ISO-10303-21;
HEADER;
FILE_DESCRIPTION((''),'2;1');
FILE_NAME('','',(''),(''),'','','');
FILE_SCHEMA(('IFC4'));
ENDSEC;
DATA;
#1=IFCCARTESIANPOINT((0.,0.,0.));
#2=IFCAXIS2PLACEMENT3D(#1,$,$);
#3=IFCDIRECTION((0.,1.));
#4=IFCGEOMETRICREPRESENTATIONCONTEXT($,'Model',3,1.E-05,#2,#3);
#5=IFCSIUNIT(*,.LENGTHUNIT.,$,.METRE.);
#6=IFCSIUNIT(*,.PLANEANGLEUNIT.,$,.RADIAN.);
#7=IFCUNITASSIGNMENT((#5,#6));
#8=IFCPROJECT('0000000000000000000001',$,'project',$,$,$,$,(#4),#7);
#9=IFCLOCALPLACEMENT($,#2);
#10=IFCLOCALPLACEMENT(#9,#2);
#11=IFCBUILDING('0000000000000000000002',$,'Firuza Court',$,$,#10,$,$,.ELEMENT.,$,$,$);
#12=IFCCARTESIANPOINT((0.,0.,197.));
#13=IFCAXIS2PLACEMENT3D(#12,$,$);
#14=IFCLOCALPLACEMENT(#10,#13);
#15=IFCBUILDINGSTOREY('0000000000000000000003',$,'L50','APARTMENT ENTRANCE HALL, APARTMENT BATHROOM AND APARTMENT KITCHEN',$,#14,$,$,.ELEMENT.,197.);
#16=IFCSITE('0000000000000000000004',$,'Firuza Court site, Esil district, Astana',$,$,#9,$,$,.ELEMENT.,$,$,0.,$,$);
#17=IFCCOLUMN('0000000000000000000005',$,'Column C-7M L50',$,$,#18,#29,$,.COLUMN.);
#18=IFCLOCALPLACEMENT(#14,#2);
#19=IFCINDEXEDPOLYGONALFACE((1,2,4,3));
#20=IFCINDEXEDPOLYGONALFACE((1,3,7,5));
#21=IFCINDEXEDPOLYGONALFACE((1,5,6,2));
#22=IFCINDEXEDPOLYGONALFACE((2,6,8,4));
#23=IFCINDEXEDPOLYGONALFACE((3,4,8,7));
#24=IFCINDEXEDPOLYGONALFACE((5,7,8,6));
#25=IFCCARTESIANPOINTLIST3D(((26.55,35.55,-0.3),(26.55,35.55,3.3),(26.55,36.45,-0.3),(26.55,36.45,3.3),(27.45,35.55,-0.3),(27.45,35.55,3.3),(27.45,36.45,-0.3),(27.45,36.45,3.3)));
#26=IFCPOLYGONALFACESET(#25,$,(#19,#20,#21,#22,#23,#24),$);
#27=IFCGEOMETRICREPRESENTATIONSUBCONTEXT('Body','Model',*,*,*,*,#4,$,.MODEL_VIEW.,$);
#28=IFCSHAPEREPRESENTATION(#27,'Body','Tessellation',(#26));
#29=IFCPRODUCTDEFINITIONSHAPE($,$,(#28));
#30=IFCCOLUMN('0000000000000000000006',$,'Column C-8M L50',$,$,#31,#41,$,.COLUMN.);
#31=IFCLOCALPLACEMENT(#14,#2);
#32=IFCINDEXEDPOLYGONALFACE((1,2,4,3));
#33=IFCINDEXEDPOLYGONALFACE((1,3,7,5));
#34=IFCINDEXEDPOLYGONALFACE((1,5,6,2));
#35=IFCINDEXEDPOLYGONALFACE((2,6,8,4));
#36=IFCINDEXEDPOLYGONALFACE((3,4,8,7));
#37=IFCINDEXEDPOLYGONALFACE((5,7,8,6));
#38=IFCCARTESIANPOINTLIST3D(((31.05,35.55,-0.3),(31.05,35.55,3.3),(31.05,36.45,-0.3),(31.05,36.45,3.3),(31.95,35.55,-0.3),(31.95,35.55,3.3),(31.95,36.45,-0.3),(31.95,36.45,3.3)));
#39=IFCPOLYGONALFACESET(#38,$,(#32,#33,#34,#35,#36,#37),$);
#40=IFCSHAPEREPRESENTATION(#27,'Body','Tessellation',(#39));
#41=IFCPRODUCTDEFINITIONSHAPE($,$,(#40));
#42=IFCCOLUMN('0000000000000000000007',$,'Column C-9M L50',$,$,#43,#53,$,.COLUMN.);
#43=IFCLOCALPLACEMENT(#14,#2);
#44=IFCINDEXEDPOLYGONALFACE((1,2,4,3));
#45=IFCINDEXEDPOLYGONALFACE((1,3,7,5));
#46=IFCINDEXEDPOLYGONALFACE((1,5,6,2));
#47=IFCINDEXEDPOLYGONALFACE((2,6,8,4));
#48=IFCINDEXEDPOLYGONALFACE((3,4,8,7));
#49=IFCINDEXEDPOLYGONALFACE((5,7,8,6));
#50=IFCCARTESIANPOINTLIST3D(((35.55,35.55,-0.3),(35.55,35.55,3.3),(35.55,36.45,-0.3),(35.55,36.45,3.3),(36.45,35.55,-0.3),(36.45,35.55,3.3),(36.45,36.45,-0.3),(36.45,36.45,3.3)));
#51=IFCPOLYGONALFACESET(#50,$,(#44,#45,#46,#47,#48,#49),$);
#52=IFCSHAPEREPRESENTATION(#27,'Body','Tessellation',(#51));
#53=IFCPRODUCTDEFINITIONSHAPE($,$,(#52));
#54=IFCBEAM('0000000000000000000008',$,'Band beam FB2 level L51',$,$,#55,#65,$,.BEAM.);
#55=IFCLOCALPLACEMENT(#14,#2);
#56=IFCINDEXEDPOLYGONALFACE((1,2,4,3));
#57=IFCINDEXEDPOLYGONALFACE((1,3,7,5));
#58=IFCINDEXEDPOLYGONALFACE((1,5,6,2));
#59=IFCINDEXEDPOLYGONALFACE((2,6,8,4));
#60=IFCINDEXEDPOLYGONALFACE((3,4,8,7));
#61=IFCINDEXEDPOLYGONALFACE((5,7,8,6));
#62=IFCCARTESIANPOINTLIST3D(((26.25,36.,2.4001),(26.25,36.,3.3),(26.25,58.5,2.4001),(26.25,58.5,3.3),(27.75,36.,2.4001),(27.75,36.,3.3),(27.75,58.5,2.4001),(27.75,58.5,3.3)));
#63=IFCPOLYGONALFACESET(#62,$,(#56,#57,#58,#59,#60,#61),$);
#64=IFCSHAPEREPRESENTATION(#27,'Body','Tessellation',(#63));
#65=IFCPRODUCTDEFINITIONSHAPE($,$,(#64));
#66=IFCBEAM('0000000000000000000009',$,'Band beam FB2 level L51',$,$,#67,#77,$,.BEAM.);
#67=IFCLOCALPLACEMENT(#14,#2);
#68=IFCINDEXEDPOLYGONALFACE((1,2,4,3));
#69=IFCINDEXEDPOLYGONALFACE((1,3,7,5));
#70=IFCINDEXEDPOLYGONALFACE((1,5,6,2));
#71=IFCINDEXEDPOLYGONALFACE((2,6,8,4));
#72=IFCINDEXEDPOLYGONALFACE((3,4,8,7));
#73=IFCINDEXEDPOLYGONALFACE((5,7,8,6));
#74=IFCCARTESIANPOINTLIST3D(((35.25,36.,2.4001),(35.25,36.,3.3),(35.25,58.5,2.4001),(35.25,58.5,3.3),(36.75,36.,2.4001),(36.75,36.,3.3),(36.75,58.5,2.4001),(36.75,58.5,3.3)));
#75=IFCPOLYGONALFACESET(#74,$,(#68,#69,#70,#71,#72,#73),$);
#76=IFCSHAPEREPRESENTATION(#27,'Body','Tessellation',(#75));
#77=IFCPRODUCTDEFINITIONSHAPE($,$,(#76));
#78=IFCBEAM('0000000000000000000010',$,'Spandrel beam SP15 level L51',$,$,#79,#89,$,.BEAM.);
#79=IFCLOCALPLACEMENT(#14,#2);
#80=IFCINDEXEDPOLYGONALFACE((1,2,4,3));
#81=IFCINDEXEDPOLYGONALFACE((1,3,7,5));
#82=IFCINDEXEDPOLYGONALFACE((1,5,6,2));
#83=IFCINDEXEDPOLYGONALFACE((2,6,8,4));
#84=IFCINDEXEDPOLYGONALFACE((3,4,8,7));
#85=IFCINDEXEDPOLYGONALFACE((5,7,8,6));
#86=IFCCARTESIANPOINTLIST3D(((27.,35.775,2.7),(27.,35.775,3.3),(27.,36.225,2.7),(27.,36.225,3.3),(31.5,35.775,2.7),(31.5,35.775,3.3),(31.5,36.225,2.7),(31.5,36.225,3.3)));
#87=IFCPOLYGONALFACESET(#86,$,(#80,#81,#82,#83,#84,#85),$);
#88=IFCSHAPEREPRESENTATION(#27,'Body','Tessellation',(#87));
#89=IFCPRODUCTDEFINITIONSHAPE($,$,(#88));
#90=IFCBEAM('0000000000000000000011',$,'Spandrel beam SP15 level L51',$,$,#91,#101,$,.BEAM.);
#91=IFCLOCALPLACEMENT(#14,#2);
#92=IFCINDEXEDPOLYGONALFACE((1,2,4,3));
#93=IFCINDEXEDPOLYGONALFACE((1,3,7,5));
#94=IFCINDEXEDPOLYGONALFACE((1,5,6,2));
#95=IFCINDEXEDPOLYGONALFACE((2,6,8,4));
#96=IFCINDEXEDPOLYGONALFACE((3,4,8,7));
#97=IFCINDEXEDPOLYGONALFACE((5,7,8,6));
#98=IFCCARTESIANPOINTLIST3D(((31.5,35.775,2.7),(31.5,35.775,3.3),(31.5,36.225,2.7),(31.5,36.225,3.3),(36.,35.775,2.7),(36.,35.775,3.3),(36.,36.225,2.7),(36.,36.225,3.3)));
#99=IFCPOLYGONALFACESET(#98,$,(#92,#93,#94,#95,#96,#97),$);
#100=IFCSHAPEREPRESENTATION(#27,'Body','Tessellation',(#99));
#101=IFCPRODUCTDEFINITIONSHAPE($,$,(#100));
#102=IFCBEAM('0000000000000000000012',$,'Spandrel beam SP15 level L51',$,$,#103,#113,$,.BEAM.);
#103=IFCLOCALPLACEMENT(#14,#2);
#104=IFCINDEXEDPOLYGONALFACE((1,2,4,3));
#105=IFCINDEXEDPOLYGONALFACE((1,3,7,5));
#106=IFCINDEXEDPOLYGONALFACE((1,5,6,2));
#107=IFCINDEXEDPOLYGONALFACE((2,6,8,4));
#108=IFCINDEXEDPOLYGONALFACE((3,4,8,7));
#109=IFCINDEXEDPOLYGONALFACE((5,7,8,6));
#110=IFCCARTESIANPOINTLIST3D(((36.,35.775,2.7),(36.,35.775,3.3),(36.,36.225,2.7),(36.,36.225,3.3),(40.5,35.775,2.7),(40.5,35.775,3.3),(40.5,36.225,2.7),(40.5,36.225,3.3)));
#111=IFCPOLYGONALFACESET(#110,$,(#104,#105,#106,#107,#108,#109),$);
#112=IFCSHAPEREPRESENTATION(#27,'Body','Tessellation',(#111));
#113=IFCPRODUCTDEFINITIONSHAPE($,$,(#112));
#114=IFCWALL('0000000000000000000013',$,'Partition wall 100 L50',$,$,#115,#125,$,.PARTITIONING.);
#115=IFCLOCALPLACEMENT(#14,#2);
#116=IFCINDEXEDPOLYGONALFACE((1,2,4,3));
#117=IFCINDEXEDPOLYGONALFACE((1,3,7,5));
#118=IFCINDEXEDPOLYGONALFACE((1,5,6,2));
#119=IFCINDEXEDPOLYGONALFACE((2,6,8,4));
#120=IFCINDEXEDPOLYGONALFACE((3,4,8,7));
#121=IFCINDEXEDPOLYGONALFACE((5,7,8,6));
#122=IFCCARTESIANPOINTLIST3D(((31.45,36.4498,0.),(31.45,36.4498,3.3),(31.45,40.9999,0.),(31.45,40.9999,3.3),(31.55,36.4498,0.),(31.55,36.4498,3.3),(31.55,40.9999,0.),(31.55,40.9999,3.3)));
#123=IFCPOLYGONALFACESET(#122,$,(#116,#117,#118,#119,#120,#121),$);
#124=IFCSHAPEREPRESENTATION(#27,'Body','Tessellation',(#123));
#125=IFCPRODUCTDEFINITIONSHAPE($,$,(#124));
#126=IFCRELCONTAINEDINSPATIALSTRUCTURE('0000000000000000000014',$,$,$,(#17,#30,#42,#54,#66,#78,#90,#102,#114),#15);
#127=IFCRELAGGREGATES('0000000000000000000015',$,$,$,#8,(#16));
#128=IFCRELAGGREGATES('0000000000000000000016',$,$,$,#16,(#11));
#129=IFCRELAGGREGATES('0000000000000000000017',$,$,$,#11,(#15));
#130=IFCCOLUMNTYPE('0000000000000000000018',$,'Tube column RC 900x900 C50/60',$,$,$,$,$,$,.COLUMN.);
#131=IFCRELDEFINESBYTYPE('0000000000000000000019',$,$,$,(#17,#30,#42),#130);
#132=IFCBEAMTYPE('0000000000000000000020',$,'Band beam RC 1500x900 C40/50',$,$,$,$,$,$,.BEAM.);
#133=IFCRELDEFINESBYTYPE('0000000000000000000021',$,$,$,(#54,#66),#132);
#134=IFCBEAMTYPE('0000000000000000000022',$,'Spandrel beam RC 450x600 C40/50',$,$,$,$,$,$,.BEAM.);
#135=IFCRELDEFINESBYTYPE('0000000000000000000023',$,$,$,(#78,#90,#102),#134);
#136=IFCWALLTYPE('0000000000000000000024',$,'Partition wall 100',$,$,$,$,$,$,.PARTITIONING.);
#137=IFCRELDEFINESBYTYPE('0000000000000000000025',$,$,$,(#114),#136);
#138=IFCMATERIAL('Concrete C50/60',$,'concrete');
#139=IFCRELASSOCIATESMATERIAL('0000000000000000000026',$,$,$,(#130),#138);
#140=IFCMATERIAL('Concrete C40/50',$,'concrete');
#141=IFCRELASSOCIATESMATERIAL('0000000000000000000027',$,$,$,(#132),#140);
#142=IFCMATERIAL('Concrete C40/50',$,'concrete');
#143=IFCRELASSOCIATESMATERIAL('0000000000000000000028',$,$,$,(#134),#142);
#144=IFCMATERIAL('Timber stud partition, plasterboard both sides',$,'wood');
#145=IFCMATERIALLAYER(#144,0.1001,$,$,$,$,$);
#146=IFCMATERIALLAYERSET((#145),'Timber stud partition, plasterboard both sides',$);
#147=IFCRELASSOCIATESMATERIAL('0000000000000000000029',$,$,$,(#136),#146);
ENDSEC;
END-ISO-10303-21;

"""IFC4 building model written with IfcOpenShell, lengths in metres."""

from ifc_helpers import new_model, si_unit, direction, frame, frame_2d, origin, origin_2d, place, context, subcontext, project, spatial, rectangle, extrude, material, layer, layer_set, material_profile, profile_set, type_object, element, save


model = new_model("IFC4")

# Units and contexts
model_context = context("Model", 3, precision=1e-05, world=origin(), true_north=direction((0.0, 1.0)))
body_context = subcontext(model_context, "Body", "Model", "MODEL_VIEW")
ifc_project = project(units=[si_unit("LENGTHUNIT", "METRE"), si_unit("PLANEANGLEUNIT", "RADIAN")], contexts=[model_context])

# Site, building, storey
site_placement = place(None, origin())
site = spatial("IfcSite", under=ifc_project, at=site_placement, Name="Firuza Court site, Esil district, Astana", CompositionType="ELEMENT", RefElevation=0.0)
building_placement = place(site_placement, origin())
building = spatial("IfcBuilding", under=site, at=building_placement, Name="Firuza Court", CompositionType="ELEMENT")
storey_placement = place(building_placement, frame((0.0, 0.0, 197.0)))
storey = spatial("IfcBuildingStorey", under=building, at=storey_placement, Name="L50", Description="APARTMENT ENTRANCE HALL, APARTMENT BATHROOM AND APARTMENT KITCHEN", CompositionType="ELEMENT", Elevation=197.0)

# Columns
ifc_material_1 = material(Name="Concrete C50/60", Category="concrete")
ifc_material_profile_1 = material_profile(ifc_material_1, rectangle(XDim=0.8999, YDim=0.8999, at=origin_2d()), Name="RC 900x900")
ifc_profile_set_1 = profile_set([ifc_material_profile_1], Name="Concrete C50/60")
column_type = type_object("IfcColumnType", Name="Tube column RC 900x900 C50/60", PredefinedType="COLUMN", material=ifc_profile_set_1)
for number, where, z_axis, x_axis, name in (
    (1, (27.0, 36.0, -0.3), (0.0, 0.0, 1.0), (1.0, 0.0, 0.0), "Column C-7M L50"),
    (2, (31.5, 36.0, -0.3), (0.0, 0.0, 1.0), (1.0, 0.0, 0.0), "Column C-8M L50"),
    (3, (36.0, 36.0, -0.3), (0.0, 0.0, 1.0), (1.0, 0.0, 0.0), "Column C-9M L50"),
):
    element("IfcColumn", number, at=place(storey_placement, frame(where, z_axis=z_axis, x_axis=x_axis)), inside=storey, type_object=column_type, Name=name, PredefinedType="COLUMN", context=body_context, shape_type="SweptSolid", body=[
        extrude(rectangle(XDim=0.8999, YDim=0.8999, at=origin_2d()), origin(), (0.0, 0.0, 1.0), 3.6001),
    ])

# Beams
ifc_material_2 = material(Name="Concrete C40/50", Category="concrete")
ifc_material_profile_2 = material_profile(ifc_material_2, rectangle(XDim=1.5, YDim=0.8999, at=origin_2d()), Name="RC 1500x900")
ifc_profile_set_2 = profile_set([ifc_material_profile_2], Name="Concrete C40/50")
beam_type_1 = type_object("IfcBeamType", Name="Band beam RC 1500x900 C40/50", PredefinedType="BEAM", material=ifc_profile_set_2)
for number, where, z_axis, x_axis, name in (
    (4, (27.0, 36.0, 2.8501), (0.0, 1.0, 0.0), (-1.0, 0.0, 0.0), "Band beam FB2 level L51"),
    (5, (36.0, 36.0, 2.8501), (0.0, 1.0, 0.0), (-1.0, 0.0, 0.0), "Band beam FB2 level L51"),
):
    element("IfcBeam", number, at=place(storey_placement, frame(where, z_axis=z_axis, x_axis=x_axis)), inside=storey, type_object=beam_type_1, Name=name, PredefinedType="BEAM", context=body_context, shape_type="SweptSolid", body=[
        extrude(rectangle(XDim=1.5, YDim=0.8999, at=origin_2d()), origin(), (0.0, 0.0, 1.0), 22.5),
    ])
ifc_material_3 = material(Name="Concrete C40/50", Category="concrete")
ifc_material_profile_3 = material_profile(ifc_material_3, rectangle(XDim=0.45, YDim=0.6001, at=origin_2d()), Name="RC 450x600")
ifc_profile_set_3 = profile_set([ifc_material_profile_3], Name="Concrete C40/50")
beam_type_2 = type_object("IfcBeamType", Name="Spandrel beam RC 450x600 C40/50", PredefinedType="BEAM", material=ifc_profile_set_3)
for number, where, z_axis, x_axis, name in (
    (6, (27.0, 36.0, 3.0), (1.0, 0.0, 0.0), (0.0, 1.0, 0.0), "Spandrel beam SP15 level L51"),
    (7, (31.5, 36.0, 3.0), (1.0, 0.0, 0.0), (0.0, 1.0, 0.0), "Spandrel beam SP15 level L51"),
    (8, (36.0, 36.0, 3.0), (1.0, 0.0, 0.0), (0.0, 1.0, 0.0), "Spandrel beam SP15 level L51"),
):
    element("IfcBeam", number, at=place(storey_placement, frame(where, z_axis=z_axis, x_axis=x_axis)), inside=storey, type_object=beam_type_2, Name=name, PredefinedType="BEAM", context=body_context, shape_type="SweptSolid", body=[
        extrude(rectangle(XDim=0.45, YDim=0.6001, at=origin_2d()), origin(), (0.0, 0.0, 1.0), 4.5),
    ])

# Wall
ifc_material_4 = material(Name="Timber stud partition, plasterboard both sides", Category="wood")
ifc_layer_1 = layer(ifc_material_4, 0.1001)
ifc_layer_set_1 = layer_set([ifc_layer_1], Name="Timber stud partition, plasterboard both sides")
wall_type_1 = type_object("IfcWallType", Name="Partition wall 100", PredefinedType="PARTITIONING", material=ifc_layer_set_1)
wall_1_placement = place(storey_placement, frame((31.5, 36.45, 0.0), z_axis=(0.0, 0.0, 1.0), x_axis=(0.0, 1.0, 0.0)))
element("IfcWall", 9, at=wall_1_placement, inside=storey, type_object=wall_type_1, Name="Partition wall 100 L50", PredefinedType="PARTITIONING", context=body_context, shape_type="SweptSolid", body=[
    extrude(rectangle(XDim=4.55, YDim=0.1001, at=frame_2d((2.2749, 0.0))), origin(), (0.0, 0.0, 1.0), 3.3),
])

save(model, "model.ifc")
